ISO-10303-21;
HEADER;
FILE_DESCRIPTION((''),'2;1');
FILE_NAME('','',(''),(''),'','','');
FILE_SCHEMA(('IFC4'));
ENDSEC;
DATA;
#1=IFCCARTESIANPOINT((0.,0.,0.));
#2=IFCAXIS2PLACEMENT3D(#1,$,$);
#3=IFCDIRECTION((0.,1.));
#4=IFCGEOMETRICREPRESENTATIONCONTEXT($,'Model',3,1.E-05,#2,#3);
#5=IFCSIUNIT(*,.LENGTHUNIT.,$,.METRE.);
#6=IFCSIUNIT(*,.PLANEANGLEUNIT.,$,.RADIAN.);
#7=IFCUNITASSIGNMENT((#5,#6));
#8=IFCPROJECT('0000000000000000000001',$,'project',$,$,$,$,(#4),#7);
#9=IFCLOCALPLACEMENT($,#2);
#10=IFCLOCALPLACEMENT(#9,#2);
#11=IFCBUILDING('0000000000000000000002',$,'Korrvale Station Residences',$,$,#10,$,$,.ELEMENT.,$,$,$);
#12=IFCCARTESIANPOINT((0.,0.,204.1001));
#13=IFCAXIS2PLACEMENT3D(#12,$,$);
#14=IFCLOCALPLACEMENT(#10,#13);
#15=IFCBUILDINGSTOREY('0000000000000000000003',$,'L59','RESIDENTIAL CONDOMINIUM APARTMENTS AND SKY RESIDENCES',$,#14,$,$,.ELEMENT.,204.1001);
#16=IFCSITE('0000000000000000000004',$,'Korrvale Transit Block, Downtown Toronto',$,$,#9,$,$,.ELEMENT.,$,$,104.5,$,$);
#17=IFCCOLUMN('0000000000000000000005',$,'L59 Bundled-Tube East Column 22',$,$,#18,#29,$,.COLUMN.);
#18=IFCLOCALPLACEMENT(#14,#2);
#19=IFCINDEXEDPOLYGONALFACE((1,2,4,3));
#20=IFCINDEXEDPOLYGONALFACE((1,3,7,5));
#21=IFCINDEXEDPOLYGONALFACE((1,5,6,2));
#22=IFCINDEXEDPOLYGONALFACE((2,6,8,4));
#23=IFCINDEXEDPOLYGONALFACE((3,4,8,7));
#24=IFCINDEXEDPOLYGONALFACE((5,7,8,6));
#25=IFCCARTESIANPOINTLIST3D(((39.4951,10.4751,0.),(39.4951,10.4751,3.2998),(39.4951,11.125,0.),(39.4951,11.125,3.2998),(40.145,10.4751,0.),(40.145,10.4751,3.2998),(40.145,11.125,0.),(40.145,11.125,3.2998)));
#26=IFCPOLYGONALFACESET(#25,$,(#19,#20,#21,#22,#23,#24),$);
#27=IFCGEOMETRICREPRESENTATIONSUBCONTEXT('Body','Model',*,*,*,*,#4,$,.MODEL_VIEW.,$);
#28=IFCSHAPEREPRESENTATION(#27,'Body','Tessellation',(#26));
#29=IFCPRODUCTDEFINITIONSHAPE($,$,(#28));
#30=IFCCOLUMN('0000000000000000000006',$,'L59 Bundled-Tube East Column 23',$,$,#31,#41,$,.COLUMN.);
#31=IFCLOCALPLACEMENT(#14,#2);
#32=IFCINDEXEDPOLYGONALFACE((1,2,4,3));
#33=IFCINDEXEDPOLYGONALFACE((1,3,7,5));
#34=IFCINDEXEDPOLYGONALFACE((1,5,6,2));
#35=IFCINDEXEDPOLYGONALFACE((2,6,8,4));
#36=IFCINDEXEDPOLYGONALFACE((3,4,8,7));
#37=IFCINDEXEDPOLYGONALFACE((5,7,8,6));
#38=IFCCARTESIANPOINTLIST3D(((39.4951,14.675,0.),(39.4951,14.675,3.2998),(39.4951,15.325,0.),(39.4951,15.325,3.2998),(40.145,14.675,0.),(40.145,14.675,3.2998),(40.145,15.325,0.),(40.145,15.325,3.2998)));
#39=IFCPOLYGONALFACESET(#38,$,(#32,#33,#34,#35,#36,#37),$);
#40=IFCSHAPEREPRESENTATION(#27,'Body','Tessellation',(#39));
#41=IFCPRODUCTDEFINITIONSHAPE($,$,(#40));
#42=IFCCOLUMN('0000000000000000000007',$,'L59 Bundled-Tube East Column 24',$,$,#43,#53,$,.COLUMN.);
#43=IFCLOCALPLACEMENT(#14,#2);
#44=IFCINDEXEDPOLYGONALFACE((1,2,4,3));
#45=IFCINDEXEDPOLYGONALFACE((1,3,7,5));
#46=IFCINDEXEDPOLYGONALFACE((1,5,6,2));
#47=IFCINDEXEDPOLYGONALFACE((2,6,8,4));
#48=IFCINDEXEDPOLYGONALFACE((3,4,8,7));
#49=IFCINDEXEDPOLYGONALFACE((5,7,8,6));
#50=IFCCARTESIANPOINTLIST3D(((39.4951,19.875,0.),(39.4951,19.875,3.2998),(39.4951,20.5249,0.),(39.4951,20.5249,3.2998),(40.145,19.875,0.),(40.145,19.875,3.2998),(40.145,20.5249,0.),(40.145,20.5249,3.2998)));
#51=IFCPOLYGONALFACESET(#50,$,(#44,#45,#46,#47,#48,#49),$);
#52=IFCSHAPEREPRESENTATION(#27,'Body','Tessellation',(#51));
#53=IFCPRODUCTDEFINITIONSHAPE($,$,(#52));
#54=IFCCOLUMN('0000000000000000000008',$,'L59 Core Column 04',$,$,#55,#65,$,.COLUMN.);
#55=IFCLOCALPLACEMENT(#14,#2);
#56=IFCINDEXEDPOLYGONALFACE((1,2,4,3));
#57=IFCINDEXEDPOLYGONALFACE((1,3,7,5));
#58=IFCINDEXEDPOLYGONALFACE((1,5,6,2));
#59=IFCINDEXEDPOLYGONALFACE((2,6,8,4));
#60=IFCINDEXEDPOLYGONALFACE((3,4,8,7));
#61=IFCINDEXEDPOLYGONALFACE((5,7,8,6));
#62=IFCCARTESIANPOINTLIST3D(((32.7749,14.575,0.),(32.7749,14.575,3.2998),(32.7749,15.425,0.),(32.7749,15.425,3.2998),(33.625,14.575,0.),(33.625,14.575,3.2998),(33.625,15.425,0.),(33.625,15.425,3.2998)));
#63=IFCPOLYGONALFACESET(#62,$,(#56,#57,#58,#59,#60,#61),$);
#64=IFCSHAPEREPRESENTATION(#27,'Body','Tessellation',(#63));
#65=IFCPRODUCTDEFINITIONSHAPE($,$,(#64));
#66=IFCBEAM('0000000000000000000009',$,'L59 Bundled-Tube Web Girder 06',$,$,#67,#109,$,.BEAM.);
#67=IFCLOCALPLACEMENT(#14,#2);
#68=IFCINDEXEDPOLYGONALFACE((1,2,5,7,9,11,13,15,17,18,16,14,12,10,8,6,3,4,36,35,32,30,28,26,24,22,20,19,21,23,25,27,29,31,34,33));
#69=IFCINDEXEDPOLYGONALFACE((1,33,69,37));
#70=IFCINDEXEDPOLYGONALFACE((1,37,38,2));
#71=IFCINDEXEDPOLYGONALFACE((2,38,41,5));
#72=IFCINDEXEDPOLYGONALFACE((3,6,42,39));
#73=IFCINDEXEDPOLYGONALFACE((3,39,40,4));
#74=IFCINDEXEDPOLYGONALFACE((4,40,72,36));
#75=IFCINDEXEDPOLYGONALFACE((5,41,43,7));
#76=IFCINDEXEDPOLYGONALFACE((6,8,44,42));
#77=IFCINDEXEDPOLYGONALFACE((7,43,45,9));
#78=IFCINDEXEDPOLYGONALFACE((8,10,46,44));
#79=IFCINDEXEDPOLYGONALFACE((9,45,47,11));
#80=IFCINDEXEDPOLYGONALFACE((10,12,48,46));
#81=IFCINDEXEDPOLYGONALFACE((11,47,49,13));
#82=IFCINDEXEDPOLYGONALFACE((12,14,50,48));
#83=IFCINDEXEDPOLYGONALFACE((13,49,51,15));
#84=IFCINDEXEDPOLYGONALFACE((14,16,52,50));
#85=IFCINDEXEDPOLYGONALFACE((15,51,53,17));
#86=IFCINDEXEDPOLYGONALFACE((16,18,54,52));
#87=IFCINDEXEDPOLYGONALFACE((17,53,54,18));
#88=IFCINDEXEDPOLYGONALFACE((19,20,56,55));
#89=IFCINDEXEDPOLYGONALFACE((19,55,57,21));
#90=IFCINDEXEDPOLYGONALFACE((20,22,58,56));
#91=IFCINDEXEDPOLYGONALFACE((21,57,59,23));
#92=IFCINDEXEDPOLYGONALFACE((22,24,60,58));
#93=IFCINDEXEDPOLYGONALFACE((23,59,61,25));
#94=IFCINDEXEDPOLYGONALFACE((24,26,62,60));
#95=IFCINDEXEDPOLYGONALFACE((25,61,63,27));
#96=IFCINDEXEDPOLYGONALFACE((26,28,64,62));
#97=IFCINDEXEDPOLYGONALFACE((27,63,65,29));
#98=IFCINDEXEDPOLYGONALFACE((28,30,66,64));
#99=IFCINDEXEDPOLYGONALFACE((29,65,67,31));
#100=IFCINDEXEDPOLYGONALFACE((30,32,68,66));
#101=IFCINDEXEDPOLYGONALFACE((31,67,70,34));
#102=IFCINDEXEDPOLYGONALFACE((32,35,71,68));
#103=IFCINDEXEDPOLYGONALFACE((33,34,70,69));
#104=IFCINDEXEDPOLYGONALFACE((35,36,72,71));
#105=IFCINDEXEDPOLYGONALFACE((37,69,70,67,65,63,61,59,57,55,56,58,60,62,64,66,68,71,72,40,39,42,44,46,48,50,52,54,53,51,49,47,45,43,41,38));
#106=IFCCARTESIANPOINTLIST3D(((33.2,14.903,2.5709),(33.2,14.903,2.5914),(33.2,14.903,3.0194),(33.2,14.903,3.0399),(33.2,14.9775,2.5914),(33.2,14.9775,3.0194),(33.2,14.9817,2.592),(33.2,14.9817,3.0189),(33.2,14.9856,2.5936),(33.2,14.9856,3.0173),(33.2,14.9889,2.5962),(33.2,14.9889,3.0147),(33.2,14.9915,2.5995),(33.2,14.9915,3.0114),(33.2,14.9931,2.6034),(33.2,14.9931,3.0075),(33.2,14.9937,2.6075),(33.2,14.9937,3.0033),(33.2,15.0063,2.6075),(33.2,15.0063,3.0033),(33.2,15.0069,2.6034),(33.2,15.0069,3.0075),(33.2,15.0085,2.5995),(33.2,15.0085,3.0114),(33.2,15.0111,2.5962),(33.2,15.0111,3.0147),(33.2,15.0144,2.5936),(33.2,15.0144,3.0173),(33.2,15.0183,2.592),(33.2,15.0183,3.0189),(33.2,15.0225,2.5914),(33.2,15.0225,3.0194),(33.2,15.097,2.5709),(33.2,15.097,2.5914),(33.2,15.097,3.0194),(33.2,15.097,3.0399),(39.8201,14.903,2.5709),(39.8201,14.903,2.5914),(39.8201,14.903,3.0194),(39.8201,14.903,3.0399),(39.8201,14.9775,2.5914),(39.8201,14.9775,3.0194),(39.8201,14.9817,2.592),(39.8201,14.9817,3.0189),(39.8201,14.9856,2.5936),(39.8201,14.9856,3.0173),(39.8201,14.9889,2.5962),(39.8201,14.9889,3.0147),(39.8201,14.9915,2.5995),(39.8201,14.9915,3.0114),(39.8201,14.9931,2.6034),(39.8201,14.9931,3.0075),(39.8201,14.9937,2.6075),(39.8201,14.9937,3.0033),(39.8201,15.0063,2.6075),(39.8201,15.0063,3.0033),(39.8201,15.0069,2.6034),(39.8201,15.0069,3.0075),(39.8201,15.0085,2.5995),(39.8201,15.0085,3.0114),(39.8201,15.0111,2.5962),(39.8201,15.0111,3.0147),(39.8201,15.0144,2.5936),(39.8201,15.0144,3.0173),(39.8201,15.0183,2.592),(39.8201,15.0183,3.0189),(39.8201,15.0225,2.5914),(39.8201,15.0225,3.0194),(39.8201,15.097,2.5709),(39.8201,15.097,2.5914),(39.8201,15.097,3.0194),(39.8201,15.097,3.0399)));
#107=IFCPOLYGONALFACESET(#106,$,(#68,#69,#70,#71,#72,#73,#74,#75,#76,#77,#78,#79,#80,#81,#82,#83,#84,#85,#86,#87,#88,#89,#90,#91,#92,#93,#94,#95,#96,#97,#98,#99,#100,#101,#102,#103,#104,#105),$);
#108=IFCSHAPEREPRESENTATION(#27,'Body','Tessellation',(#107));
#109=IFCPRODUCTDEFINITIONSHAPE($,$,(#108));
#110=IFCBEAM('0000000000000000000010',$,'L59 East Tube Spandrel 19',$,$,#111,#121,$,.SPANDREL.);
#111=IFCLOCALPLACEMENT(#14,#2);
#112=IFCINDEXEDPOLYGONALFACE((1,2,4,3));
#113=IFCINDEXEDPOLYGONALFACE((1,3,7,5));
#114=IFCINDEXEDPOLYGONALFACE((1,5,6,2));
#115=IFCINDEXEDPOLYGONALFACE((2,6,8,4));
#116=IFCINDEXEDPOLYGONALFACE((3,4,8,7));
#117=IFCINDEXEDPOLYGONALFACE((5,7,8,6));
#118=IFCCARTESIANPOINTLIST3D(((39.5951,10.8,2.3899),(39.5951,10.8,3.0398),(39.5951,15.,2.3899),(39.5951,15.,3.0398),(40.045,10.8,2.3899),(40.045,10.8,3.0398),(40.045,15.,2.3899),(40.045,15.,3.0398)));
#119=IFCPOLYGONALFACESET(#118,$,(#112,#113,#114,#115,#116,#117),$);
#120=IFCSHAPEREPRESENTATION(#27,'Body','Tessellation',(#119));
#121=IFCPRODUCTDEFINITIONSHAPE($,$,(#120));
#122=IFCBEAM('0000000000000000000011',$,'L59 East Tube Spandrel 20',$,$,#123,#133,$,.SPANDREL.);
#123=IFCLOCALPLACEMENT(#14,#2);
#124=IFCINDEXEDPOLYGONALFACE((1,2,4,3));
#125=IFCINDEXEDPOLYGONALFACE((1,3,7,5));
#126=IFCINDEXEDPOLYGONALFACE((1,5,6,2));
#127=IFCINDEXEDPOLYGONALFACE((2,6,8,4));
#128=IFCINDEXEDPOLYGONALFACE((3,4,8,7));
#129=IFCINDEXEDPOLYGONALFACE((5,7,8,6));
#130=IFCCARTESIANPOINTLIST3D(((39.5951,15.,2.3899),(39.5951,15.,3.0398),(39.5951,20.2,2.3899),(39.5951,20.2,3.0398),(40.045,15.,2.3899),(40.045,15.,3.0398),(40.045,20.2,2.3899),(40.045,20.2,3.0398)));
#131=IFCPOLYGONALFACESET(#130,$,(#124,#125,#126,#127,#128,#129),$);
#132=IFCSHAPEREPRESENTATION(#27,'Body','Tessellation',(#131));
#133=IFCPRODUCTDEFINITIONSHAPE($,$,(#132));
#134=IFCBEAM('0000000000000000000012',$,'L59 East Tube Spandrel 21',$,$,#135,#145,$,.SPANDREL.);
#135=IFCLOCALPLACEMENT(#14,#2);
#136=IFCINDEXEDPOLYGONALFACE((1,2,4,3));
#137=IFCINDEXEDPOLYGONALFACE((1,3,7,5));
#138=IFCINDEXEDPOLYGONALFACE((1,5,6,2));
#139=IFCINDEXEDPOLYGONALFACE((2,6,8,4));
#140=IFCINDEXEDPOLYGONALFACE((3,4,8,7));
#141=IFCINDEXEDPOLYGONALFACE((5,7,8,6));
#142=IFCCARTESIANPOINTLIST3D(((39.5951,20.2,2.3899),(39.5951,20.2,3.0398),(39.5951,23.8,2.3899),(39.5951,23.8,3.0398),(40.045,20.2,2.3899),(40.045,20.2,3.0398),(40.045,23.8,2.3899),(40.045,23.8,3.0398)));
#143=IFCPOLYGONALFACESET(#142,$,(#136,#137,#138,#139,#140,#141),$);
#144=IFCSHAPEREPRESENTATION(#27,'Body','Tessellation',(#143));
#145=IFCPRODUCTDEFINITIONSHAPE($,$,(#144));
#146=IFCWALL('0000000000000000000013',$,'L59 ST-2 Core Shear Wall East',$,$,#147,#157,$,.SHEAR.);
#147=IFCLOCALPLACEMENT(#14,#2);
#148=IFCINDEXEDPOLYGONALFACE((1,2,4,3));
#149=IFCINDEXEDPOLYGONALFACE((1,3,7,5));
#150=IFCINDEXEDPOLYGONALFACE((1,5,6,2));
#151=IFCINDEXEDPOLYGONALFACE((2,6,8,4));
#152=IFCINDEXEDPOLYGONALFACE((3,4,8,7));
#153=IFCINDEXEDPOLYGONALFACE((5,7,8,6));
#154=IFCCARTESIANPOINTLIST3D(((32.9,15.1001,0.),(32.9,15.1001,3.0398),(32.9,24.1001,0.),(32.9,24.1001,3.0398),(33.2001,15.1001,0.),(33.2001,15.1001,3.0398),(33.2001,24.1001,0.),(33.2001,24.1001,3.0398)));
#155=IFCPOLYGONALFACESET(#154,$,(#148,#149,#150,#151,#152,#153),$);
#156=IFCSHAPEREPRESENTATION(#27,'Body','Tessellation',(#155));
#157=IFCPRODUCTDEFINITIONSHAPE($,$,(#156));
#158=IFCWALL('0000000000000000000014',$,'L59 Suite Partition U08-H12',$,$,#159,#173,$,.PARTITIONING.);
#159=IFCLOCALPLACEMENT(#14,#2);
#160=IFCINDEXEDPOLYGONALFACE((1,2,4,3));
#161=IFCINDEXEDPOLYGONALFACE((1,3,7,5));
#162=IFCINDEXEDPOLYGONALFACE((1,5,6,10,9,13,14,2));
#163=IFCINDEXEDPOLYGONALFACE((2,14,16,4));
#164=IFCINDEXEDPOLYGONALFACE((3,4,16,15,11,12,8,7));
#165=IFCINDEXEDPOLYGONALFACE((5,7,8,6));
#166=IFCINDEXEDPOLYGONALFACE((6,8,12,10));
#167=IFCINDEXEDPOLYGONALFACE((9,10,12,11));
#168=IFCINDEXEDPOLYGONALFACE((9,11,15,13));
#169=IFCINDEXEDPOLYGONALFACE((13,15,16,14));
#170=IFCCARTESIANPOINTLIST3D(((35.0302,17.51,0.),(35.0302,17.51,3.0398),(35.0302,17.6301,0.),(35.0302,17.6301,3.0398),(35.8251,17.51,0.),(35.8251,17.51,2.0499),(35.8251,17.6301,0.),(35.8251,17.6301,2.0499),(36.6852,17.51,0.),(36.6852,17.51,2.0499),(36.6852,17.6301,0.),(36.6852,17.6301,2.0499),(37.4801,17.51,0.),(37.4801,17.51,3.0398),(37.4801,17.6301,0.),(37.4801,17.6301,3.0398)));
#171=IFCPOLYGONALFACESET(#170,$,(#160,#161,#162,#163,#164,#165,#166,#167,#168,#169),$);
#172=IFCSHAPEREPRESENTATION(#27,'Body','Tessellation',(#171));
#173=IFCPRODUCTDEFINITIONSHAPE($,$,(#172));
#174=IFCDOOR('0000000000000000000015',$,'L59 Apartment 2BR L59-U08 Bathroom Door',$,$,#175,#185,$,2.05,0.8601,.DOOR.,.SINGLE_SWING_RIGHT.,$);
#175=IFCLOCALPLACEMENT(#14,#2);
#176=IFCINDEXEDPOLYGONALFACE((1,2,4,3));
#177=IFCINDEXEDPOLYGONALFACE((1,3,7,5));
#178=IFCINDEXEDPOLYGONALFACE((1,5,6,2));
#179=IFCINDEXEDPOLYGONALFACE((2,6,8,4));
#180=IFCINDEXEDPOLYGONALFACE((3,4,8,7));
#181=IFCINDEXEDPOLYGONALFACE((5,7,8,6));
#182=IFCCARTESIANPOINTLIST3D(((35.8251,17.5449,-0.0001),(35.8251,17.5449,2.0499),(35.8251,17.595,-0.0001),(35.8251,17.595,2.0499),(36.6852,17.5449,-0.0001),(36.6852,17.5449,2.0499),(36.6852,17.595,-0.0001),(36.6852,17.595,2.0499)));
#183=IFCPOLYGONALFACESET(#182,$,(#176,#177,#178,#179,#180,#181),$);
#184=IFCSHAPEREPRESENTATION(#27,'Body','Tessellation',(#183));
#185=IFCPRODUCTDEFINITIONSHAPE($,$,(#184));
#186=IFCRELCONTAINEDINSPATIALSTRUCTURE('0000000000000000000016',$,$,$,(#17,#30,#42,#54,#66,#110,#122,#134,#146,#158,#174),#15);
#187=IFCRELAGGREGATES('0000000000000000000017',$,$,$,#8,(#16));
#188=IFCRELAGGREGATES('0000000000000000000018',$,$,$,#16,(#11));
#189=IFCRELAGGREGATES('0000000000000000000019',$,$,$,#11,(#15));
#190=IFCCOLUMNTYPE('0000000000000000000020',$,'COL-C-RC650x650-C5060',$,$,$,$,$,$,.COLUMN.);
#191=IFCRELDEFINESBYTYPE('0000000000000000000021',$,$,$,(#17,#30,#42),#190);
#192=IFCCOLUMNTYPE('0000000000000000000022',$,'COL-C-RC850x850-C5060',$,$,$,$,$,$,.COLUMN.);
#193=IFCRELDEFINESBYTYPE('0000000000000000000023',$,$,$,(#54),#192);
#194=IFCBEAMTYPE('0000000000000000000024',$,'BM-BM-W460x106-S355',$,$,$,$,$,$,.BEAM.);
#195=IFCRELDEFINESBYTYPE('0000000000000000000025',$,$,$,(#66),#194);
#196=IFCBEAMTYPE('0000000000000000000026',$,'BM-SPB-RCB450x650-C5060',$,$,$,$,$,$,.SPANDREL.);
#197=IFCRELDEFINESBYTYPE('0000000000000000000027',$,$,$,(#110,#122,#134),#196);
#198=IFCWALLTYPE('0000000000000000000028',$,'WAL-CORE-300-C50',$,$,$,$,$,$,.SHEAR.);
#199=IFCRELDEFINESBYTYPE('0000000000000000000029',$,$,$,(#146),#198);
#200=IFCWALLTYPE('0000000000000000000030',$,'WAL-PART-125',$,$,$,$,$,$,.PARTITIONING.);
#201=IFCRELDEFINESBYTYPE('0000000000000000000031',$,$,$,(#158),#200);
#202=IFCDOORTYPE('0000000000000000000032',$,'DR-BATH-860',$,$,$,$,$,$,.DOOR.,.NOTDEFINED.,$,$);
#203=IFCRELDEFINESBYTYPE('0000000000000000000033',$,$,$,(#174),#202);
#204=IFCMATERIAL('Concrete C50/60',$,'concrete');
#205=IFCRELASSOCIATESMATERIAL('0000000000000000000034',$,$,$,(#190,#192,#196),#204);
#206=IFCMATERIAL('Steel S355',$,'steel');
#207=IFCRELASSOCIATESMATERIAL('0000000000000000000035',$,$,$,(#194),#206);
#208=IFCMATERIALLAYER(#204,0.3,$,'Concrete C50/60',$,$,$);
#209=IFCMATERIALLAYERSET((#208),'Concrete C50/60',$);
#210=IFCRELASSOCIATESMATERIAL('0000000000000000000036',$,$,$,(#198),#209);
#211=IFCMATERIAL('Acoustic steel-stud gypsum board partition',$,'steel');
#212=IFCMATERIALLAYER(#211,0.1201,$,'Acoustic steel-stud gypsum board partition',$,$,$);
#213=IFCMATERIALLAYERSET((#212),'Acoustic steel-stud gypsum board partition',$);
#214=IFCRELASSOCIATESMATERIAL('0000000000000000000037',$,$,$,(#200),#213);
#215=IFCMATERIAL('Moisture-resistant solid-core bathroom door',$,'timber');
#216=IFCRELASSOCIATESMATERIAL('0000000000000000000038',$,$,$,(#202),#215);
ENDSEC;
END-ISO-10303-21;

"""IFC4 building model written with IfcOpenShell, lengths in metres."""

from ifc_helpers import new_model, si_unit, direction, frame, frame_2d, origin, origin_2d, place, context, subcontext, project, spatial, rectangle, i_section, extrude, material, layer, layer_set, material_profile, profile_set, type_object, element, fill, save


model = new_model("IFC4")

# Units and contexts
model_context = context("Model", 3, precision=1e-05, world=origin(), true_north=direction((0.0, 1.0)))
body_context = subcontext(model_context, "Body", "Model", "MODEL_VIEW")
ifc_project = project(units=[si_unit("LENGTHUNIT", "METRE"), si_unit("PLANEANGLEUNIT", "RADIAN")], contexts=[model_context])

# Site, building, storey
site_placement = place(None, origin())
site = spatial("IfcSite", under=ifc_project, at=site_placement, Name="Korrvale Transit Block, Downtown Toronto", CompositionType="ELEMENT", RefElevation=104.5)
building_placement = place(site_placement, origin())
building = spatial("IfcBuilding", under=site, at=building_placement, Name="Korrvale Station Residences", CompositionType="ELEMENT")
storey_placement = place(building_placement, frame((0.0, 0.0, 204.1001)))
storey = spatial("IfcBuildingStorey", under=building, at=storey_placement, Name="L59", Description="RESIDENTIAL CONDOMINIUM APARTMENTS AND SKY RESIDENCES", CompositionType="ELEMENT", Elevation=204.1001)

# Columns
ifc_material_1 = material(Name="Concrete C50/60", Category="concrete")
ifc_material_profile_1 = material_profile(ifc_material_1, rectangle(XDim=0.6499, YDim=0.6499, at=origin_2d()), Name="RC650x650")
ifc_profile_set_1 = profile_set([ifc_material_profile_1], Name="Concrete C50/60")
column_type_1 = type_object("IfcColumnType", Name="COL-C-RC650x650-C5060", PredefinedType="COLUMN", material=ifc_profile_set_1)
for number, where, z_axis, x_axis, name in (
    (1, (39.8201, 10.8, 0.0), (0.0, 0.0, 1.0), (1.0, 0.0, 0.0), "L59 Bundled-Tube East Column 22"),
    (2, (39.8201, 15.0, 0.0), (0.0, 0.0, 1.0), (1.0, 0.0, 0.0), "L59 Bundled-Tube East Column 23"),
    (3, (39.8201, 20.2, 0.0), (0.0, 0.0, 1.0), (1.0, 0.0, 0.0), "L59 Bundled-Tube East Column 24"),
):
    element("IfcColumn", number, at=place(storey_placement, frame(where, z_axis=z_axis, x_axis=x_axis)), inside=storey, type_object=column_type_1, Name=name, PredefinedType="COLUMN", context=body_context, shape_type="SweptSolid", body=[
        extrude(rectangle(XDim=0.6499, YDim=0.6499, at=origin_2d()), origin(), (0.0, 0.0, 1.0), 3.2998),
    ])
ifc_material_profile_2 = material_profile(ifc_material_1, rectangle(XDim=0.8501, YDim=0.8501, at=origin_2d()), Name="RC850x850")
ifc_profile_set_2 = profile_set([ifc_material_profile_2], Name="Concrete C50/60")
column_type_2 = type_object("IfcColumnType", Name="COL-C-RC850x850-C5060", PredefinedType="COLUMN", material=ifc_profile_set_2)
column_placement = place(storey_placement, frame((33.2, 15.0, 0.0), z_axis=(0.0, 0.0, 1.0), x_axis=(1.0, 0.0, 0.0)))
element("IfcColumn", 4, at=column_placement, inside=storey, type_object=column_type_2, Name="L59 Core Column 04", PredefinedType="COLUMN", context=body_context, shape_type="SweptSolid", body=[
    extrude(rectangle(XDim=0.8501, YDim=0.8501, at=origin_2d()), origin(), (0.0, 0.0, 1.0), 3.2998),
])

# Beams
ifc_material_2 = material(Name="Steel S355", Category="steel")
ifc_material_profile_3 = material_profile(ifc_material_2, i_section(OverallWidth=0.1941, OverallDepth=0.469, WebThickness=0.0127, FlangeThickness=0.0205, FilletRadius=0.0161, at=origin_2d()), Name="W460x106")
ifc_profile_set_3 = profile_set([ifc_material_profile_3], Name="Steel S355")
beam_type_1 = type_object("IfcBeamType", Name="BM-BM-W460x106-S355", PredefinedType="BEAM", material=ifc_profile_set_3)
beam_1_placement = place(storey_placement, frame((33.2, 15.0, 2.8054), z_axis=(1.0, 0.0, 0.0), x_axis=(0.0, 1.0, 0.0)))
element("IfcBeam", 5, at=beam_1_placement, inside=storey, type_object=beam_type_1, Name="L59 Bundled-Tube Web Girder 06", PredefinedType="BEAM", context=body_context, shape_type="SweptSolid", body=[
    extrude(i_section(OverallWidth=0.1941, OverallDepth=0.469, WebThickness=0.0127, FlangeThickness=0.0205, FilletRadius=0.0161, at=origin_2d()), origin(), (0.0, 0.0, 1.0), 6.6201),
])
ifc_material_profile_4 = material_profile(ifc_material_1, rectangle(XDim=0.45, YDim=0.6499, at=origin_2d()), Name="RCB450x650")
ifc_profile_set_4 = profile_set([ifc_material_profile_4], Name="Concrete C50/60")
beam_type_2 = type_object("IfcBeamType", Name="BM-SPB-RCB450x650-C5060", PredefinedType="SPANDREL", material=ifc_profile_set_4)
beam_2_placement = place(storey_placement, frame((39.8201, 10.8, 2.7148), z_axis=(0.0, 1.0, 0.0), x_axis=(-1.0, 0.0, 0.0)))
element("IfcBeam", 6, at=beam_2_placement, inside=storey, type_object=beam_type_2, Name="L59 East Tube Spandrel 19", PredefinedType="SPANDREL", context=body_context, shape_type="SweptSolid", body=[
    extrude(rectangle(XDim=0.45, YDim=0.6499, at=origin_2d()), origin(), (0.0, 0.0, 1.0), 4.2),
])
beam_3_placement = place(storey_placement, frame((39.8201, 15.0, 2.7148), z_axis=(0.0, 1.0, 0.0), x_axis=(-1.0, 0.0, 0.0)))
element("IfcBeam", 7, at=beam_3_placement, inside=storey, type_object=beam_type_2, Name="L59 East Tube Spandrel 20", PredefinedType="SPANDREL", context=body_context, shape_type="SweptSolid", body=[
    extrude(rectangle(XDim=0.45, YDim=0.6499, at=origin_2d()), origin(), (0.0, 0.0, 1.0), 5.2),
])
beam_4_placement = place(storey_placement, frame((39.8201, 20.2, 2.7148), z_axis=(0.0, 1.0, 0.0), x_axis=(-1.0, 0.0, 0.0)))
element("IfcBeam", 8, at=beam_4_placement, inside=storey, type_object=beam_type_2, Name="L59 East Tube Spandrel 21", PredefinedType="SPANDREL", context=body_context, shape_type="SweptSolid", body=[
    extrude(rectangle(XDim=0.45, YDim=0.6499, at=origin_2d()), origin(), (0.0, 0.0, 1.0), 3.6001),
])

# Wall
ifc_layer_1 = layer(ifc_material_1, 0.3, Name="Concrete C50/60")
ifc_layer_set_1 = layer_set([ifc_layer_1], Name="Concrete C50/60")
wall_type_1 = type_object("IfcWallType", Name="WAL-CORE-300-C50", PredefinedType="SHEAR", material=ifc_layer_set_1)
wall_1_placement = place(storey_placement, frame((33.05, 15.1001, 0.0), z_axis=(0.0, 0.0, 1.0), x_axis=(0.0, 1.0, 0.0)))
element("IfcWall", 9, at=wall_1_placement, inside=storey, type_object=wall_type_1, Name="L59 ST-2 Core Shear Wall East", PredefinedType="SHEAR", context=body_context, shape_type="SweptSolid", body=[
    extrude(rectangle(XDim=9.0, YDim=0.3, at=frame_2d((4.5, 0.0))), origin(), (0.0, 0.0, 1.0), 3.0398),
])

# Wall, opening, door
ifc_material_3 = material(Name="Acoustic steel-stud gypsum board partition", Category="steel")
ifc_layer_2 = layer(ifc_material_3, 0.1201, Name="Acoustic steel-stud gypsum board partition")
ifc_layer_set_2 = layer_set([ifc_layer_2], Name="Acoustic steel-stud gypsum board partition")
wall_type_2 = type_object("IfcWallType", Name="WAL-PART-125", PredefinedType="PARTITIONING", material=ifc_layer_set_2)
wall_2_placement = place(storey_placement, frame((35.03, 17.5701, 0.0), z_axis=(0.0, 0.0, 1.0), x_axis=(1.0, 0.0, 0.0)))
wall_2 = element("IfcWall", 10, at=wall_2_placement, inside=storey, type_object=wall_type_2, Name="L59 Suite Partition U08-H12", PredefinedType="PARTITIONING", context=body_context, shape_type="SweptSolid", body=[
    extrude(rectangle(XDim=2.45, YDim=0.1201, at=frame_2d((1.2251, 0.0))), origin(), (0.0, 0.0, 1.0), 3.0398),
])
opening_1_placement = place(wall_2_placement, frame((0.7949, 0.0, 0.0)))
opening_1 = element("IfcOpeningElement", 11, at=opening_1_placement, cuts=wall_2, PredefinedType="OPENING", context=body_context, shape_type="SweptSolid", body=[
    extrude(rectangle(XDim=0.8601, YDim=2.05, at=frame_2d((0.4302, 1.0249))), frame((0.0, 0.0701, 0.0), z_axis=(0.0, -1.0, 0.0), x_axis=(1.0, 0.0, 0.0)), (0.0, 0.0, 1.0), 0.1401),
])
ifc_material_4 = material(Name="Moisture-resistant solid-core bathroom door", Category="timber")
door_type_1 = type_object("IfcDoorType", Name="DR-BATH-860", OperationType="NOTDEFINED", PredefinedType="DOOR", material=ifc_material_4)
door_1_placement = place(opening_1_placement, origin())
door_1 = element("IfcDoor", 12, at=door_1_placement, inside=storey, type_object=door_type_1, Name="L59 Apartment 2BR L59-U08 Bathroom Door", OperationType="SINGLE_SWING_RIGHT", OverallHeight=2.05, OverallWidth=0.8601, PredefinedType="DOOR", context=body_context, shape_type="SweptSolid", body=[
    extrude(rectangle(XDim=0.8601, YDim=2.05, at=frame_2d((0.4302, 1.0249))), frame((0.0, 0.0249, 0.0), z_axis=(0.0, -1.0, 0.0), x_axis=(1.0, 0.0, 0.0)), (0.0, 0.0, 1.0), 0.05),
])
fill(opening_1, door_1)

save(model, "model.ifc")
